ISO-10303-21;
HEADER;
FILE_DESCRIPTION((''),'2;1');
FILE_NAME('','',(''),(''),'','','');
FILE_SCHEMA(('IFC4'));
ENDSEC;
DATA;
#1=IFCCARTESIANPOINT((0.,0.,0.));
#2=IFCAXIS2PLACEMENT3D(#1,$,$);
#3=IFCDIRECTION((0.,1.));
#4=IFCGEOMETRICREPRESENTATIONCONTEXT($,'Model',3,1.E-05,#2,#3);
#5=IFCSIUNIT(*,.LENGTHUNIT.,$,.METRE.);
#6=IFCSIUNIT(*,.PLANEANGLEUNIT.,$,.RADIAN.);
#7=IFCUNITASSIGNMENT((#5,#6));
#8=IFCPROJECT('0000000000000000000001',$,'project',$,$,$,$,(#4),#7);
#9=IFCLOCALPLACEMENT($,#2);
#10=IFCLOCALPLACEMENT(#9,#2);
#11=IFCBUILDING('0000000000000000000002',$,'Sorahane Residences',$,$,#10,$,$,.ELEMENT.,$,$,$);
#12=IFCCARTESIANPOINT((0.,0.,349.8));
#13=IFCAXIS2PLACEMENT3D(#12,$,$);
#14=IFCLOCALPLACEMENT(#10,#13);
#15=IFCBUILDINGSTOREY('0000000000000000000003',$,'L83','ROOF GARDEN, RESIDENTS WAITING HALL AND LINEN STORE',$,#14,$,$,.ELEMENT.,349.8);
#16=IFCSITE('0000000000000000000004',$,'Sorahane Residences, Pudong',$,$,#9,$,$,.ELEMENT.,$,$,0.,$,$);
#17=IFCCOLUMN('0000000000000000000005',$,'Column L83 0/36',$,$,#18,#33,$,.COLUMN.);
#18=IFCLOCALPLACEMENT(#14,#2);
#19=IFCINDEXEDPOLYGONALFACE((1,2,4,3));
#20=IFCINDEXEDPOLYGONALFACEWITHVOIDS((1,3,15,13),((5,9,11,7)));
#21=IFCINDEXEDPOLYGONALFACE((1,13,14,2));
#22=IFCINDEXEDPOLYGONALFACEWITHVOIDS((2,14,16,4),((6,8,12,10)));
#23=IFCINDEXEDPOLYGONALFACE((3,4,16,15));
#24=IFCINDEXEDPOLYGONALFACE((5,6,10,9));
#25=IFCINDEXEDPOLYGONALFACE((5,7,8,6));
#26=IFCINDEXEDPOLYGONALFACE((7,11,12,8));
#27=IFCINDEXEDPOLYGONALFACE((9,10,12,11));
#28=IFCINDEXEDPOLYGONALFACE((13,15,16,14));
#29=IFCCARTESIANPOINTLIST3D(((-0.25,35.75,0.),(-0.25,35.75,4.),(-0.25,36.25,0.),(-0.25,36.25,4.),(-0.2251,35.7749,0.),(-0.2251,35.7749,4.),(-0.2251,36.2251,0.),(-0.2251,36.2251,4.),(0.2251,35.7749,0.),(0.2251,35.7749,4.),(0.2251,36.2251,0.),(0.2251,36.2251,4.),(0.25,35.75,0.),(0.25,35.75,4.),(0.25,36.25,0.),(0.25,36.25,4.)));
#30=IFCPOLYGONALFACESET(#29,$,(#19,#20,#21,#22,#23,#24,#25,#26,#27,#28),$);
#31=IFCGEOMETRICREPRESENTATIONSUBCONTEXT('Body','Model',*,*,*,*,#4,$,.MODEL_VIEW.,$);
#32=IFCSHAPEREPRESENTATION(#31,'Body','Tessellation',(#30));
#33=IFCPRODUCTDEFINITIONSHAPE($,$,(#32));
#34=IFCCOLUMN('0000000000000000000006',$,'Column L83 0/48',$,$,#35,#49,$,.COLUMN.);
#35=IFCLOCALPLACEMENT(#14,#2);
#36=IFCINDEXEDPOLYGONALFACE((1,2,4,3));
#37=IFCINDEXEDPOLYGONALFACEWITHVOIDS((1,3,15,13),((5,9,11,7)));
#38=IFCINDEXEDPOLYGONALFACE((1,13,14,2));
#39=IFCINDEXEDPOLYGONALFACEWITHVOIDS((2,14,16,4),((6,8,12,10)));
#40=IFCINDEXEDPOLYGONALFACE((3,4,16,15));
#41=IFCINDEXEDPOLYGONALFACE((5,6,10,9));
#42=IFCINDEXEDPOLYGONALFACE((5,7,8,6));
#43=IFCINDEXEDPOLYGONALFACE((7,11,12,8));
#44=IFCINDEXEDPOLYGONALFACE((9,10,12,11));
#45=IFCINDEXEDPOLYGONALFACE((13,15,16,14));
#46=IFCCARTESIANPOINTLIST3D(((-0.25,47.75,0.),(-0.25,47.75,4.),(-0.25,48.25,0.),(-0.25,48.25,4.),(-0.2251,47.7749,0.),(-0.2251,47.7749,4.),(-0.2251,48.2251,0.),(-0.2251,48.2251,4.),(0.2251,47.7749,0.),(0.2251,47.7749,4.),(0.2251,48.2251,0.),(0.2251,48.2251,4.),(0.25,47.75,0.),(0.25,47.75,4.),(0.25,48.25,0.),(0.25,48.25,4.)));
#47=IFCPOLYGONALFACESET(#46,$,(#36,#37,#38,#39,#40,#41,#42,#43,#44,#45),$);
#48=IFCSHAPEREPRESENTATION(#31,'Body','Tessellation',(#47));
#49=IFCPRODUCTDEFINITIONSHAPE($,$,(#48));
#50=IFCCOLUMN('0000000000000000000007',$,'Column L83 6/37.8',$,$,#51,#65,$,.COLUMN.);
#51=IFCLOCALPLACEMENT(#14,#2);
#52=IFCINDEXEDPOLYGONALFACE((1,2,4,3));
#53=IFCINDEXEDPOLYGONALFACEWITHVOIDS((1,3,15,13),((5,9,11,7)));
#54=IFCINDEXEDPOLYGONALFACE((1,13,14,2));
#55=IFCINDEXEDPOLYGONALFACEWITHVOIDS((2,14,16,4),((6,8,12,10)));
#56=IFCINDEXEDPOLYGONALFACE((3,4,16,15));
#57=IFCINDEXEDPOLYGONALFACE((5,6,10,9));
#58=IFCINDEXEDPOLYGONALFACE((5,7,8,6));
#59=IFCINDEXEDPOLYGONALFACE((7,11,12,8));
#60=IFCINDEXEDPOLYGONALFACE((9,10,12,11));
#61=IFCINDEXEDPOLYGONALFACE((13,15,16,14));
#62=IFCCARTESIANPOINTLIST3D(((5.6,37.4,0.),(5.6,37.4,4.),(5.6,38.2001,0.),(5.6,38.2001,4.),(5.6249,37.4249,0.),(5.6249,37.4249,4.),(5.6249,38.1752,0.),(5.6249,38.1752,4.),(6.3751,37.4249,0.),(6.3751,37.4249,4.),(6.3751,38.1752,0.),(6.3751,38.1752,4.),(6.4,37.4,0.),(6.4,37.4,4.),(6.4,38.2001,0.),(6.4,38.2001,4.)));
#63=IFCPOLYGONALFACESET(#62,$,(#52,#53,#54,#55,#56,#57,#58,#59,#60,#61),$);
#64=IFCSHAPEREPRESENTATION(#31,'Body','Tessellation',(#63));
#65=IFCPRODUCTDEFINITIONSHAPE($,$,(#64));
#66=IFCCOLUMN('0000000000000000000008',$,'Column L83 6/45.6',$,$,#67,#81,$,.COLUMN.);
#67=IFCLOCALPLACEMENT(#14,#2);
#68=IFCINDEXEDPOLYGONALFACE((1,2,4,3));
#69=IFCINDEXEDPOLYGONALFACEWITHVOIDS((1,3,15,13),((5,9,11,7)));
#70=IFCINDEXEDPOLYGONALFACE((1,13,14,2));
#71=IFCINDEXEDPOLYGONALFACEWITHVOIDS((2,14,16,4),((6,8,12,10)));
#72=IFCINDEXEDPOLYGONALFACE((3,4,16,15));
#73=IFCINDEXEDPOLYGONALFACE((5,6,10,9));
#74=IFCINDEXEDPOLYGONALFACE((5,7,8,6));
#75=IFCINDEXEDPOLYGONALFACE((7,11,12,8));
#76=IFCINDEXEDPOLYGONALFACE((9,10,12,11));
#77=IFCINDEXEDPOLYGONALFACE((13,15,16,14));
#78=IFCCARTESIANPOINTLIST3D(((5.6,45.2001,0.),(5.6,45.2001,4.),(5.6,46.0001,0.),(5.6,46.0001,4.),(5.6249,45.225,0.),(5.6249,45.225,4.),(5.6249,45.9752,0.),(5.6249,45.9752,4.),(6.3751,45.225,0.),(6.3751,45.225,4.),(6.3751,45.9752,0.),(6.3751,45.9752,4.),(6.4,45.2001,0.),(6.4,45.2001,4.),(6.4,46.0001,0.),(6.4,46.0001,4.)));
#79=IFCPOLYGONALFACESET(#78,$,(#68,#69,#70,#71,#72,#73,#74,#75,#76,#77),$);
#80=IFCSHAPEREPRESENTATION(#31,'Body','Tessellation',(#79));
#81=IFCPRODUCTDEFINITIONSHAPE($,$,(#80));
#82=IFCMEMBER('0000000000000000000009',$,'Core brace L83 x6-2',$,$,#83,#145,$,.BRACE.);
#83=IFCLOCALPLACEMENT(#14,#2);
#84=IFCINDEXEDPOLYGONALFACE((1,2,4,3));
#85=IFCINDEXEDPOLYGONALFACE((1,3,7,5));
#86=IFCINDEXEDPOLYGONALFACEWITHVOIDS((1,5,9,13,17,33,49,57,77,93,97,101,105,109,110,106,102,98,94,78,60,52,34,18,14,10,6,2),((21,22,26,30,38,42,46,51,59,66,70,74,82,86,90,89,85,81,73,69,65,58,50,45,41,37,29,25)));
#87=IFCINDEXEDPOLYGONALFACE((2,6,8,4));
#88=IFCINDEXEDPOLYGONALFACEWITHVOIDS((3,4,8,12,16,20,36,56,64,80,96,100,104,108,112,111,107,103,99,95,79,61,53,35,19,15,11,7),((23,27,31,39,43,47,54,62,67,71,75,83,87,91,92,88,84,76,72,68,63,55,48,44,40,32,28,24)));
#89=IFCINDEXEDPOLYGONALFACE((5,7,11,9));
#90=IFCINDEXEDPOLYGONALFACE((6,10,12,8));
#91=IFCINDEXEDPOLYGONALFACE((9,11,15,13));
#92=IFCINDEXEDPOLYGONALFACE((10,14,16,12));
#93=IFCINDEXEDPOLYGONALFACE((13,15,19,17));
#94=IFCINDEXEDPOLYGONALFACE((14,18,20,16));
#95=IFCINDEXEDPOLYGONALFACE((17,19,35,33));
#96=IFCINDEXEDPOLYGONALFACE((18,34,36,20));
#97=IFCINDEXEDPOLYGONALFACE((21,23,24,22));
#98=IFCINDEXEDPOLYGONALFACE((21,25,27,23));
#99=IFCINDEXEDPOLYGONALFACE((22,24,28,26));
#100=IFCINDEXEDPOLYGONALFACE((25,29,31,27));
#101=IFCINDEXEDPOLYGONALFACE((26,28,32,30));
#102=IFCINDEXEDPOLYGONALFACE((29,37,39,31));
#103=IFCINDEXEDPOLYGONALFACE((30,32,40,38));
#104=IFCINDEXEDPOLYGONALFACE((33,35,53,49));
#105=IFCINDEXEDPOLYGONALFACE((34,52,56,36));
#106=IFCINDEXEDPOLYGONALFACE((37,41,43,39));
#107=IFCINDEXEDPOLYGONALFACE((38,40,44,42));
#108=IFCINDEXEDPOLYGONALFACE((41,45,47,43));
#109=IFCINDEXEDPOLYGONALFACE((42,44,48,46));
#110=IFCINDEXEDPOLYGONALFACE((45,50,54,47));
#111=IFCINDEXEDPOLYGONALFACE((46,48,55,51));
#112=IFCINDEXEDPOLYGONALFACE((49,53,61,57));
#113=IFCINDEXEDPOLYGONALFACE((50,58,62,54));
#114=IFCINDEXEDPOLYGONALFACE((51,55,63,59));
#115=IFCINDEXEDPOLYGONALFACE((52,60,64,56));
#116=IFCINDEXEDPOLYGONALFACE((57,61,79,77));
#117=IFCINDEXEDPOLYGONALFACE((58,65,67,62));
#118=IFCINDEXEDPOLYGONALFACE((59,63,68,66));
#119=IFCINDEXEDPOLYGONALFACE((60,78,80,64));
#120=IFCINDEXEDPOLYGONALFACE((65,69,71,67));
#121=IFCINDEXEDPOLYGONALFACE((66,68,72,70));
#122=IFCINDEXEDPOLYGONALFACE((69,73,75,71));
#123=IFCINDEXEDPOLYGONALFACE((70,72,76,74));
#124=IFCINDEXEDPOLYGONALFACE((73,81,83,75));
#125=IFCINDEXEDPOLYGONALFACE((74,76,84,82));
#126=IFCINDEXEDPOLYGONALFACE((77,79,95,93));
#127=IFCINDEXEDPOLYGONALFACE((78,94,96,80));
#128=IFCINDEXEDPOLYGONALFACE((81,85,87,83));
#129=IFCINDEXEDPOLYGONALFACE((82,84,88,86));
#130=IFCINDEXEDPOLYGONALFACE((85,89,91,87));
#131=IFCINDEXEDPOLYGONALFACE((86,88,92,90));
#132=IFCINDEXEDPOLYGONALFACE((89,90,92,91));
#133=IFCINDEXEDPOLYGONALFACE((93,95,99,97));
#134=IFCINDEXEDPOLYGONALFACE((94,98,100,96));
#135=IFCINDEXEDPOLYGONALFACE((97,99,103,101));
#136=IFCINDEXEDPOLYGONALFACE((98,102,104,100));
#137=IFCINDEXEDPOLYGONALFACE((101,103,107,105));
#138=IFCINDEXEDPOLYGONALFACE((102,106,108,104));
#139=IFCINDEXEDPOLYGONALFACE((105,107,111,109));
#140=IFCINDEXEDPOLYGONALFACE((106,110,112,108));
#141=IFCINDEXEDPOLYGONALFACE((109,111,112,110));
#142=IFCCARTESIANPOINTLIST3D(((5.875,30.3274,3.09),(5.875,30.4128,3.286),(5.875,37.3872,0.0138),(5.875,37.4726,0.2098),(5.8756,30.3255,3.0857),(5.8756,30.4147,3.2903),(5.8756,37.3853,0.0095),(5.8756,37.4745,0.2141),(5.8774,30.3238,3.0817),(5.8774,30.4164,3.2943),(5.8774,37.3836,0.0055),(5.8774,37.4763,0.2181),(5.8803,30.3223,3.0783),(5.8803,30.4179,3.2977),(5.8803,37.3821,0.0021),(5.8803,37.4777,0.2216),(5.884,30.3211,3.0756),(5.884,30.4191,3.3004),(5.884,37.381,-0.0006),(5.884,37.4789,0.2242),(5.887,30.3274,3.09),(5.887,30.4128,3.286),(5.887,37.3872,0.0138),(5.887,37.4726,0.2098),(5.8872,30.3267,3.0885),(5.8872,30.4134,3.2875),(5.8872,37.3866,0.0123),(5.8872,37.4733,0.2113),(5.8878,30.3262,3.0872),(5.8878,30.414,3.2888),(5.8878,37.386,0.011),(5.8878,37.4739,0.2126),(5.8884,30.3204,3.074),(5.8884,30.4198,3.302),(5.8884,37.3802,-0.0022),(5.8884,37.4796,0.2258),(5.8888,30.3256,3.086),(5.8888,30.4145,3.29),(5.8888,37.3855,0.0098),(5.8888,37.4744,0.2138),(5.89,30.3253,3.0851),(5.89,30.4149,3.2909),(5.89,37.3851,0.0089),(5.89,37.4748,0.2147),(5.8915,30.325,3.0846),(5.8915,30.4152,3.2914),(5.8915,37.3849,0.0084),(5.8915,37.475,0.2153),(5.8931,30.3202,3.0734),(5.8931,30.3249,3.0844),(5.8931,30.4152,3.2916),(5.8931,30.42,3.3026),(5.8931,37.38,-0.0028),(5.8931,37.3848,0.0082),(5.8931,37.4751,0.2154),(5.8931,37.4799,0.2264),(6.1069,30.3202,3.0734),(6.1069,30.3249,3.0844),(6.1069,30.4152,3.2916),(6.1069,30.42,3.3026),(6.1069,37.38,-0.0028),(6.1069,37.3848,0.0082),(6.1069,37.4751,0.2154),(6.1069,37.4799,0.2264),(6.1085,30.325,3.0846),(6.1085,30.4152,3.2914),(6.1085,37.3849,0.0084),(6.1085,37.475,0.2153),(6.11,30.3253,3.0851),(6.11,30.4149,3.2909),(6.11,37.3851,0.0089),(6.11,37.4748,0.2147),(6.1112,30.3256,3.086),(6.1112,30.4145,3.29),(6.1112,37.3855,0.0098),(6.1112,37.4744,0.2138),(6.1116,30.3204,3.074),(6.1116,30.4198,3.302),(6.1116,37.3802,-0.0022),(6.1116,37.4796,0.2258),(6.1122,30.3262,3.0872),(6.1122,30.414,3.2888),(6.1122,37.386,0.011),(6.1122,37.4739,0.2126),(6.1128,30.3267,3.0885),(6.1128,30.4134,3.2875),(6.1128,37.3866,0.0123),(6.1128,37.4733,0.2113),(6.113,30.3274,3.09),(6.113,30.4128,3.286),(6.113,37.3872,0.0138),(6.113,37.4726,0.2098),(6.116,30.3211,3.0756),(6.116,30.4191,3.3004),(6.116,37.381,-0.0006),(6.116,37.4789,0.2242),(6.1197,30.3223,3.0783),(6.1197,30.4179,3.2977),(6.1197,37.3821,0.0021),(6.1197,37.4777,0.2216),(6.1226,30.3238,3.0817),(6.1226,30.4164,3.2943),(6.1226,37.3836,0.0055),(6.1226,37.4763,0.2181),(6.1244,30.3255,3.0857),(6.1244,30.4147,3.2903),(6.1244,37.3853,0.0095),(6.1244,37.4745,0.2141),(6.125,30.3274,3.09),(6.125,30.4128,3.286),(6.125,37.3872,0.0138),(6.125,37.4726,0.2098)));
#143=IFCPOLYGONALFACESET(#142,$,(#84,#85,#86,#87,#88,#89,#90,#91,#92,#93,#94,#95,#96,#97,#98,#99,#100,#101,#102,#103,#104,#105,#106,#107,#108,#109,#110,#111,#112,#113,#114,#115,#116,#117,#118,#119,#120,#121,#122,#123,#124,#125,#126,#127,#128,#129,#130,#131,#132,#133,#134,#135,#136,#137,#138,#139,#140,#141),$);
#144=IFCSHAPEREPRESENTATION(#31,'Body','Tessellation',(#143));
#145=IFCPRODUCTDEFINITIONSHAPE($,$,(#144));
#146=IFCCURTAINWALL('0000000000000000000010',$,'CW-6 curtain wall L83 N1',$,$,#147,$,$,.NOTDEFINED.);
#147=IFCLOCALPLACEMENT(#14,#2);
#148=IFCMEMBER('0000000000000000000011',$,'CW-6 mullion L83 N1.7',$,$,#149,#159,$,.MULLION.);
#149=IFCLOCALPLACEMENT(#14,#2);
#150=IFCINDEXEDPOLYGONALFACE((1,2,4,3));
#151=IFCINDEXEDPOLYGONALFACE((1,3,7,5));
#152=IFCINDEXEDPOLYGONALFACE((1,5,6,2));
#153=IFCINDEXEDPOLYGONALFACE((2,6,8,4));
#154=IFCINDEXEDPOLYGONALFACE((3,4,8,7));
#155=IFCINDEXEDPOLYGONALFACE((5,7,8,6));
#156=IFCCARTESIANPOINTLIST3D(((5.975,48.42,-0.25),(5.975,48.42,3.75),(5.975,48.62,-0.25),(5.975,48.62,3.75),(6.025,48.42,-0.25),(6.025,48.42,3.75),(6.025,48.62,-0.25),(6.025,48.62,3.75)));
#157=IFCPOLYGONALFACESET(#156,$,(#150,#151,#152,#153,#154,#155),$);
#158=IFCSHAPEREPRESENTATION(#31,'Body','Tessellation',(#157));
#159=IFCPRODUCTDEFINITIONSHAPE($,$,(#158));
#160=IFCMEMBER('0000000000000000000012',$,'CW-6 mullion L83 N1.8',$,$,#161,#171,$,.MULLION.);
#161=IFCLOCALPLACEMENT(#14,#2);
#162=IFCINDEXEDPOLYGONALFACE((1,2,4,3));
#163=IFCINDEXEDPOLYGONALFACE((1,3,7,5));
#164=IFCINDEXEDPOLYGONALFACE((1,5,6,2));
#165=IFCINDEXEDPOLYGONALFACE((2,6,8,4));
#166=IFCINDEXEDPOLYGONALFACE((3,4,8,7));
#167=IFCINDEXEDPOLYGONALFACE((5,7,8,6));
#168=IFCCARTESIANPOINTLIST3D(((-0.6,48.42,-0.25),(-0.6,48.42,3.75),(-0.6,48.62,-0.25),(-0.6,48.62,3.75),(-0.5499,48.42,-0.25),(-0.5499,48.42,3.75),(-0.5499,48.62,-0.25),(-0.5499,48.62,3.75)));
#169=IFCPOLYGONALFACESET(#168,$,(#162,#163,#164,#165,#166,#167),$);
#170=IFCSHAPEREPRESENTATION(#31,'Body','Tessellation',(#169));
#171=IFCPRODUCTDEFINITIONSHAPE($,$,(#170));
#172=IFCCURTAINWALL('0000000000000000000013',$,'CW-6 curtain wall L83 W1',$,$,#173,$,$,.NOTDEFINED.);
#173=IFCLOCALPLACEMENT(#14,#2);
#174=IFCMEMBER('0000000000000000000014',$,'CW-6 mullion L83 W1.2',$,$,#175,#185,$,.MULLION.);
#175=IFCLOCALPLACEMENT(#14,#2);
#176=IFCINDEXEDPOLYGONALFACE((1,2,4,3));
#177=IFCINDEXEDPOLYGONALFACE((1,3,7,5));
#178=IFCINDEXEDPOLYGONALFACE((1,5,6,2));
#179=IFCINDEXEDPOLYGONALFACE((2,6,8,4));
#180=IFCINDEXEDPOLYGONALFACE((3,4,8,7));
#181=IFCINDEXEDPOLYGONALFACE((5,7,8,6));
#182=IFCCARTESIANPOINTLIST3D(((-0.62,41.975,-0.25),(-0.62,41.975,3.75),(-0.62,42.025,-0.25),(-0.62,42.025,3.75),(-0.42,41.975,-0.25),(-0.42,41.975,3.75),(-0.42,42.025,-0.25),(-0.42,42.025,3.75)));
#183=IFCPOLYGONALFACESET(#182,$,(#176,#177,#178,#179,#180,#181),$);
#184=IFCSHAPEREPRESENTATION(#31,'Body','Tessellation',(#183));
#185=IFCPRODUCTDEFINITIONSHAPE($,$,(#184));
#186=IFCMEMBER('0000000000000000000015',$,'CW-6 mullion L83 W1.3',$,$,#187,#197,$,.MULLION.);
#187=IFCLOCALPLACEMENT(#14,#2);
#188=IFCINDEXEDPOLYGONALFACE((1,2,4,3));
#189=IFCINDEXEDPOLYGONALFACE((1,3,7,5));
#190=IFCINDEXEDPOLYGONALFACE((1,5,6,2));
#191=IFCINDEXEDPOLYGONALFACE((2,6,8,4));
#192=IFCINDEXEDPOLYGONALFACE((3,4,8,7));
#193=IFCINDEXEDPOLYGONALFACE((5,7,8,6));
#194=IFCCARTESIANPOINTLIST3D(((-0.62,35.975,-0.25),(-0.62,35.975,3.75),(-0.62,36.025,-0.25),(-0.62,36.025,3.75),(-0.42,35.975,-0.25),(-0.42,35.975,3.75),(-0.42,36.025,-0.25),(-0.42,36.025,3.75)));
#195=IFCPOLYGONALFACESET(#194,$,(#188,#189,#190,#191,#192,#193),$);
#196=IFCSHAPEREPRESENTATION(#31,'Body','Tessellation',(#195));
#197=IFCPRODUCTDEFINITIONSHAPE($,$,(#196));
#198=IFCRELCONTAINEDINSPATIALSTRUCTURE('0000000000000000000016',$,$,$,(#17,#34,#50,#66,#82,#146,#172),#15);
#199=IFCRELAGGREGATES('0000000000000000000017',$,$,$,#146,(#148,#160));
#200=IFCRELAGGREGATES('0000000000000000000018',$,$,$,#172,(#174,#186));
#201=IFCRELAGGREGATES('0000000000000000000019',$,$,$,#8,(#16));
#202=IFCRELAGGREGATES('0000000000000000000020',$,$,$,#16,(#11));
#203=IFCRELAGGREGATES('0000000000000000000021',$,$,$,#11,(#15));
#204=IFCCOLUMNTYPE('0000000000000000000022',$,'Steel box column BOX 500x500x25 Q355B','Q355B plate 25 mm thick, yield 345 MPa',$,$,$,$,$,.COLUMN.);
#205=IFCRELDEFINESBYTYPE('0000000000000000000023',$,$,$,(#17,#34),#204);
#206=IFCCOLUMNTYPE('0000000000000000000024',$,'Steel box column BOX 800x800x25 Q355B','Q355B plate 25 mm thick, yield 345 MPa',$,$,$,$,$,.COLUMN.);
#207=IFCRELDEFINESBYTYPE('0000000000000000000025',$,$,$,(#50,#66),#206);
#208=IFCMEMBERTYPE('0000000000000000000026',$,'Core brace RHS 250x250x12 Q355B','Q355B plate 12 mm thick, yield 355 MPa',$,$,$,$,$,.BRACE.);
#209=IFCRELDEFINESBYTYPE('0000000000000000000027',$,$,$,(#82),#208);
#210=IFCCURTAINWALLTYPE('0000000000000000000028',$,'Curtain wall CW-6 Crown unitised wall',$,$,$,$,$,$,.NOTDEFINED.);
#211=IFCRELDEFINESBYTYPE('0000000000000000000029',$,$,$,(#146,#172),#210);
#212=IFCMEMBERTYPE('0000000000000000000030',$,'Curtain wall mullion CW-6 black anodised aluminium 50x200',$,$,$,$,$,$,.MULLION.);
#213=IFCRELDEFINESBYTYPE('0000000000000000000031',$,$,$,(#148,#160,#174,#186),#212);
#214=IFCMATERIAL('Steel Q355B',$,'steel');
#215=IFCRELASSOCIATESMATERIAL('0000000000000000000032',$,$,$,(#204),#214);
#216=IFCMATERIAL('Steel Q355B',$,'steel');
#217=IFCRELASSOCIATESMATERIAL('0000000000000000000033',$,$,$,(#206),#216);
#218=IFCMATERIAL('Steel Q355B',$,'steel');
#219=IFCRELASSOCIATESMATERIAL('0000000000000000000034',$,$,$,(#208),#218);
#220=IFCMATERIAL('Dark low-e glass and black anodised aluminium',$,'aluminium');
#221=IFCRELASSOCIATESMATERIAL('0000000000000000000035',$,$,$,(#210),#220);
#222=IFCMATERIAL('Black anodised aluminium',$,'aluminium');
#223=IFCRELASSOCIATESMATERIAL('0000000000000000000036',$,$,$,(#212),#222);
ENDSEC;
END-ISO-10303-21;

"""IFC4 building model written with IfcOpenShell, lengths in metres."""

from ifc_helpers import new_model, si_unit, direction, frame, origin, origin_2d, place, context, subcontext, project, spatial, rectangle, hollow_rectangle, extrude, material, material_profile, profile_set, type_object, element, aggregate, save


model = new_model("IFC4")

# Units and contexts
model_context = context("Model", 3, precision=1e-05, world=origin(), true_north=direction((0.0, 1.0)))
body_context = subcontext(model_context, "Body", "Model", "MODEL_VIEW")
ifc_project = project(units=[si_unit("LENGTHUNIT", "METRE"), si_unit("PLANEANGLEUNIT", "RADIAN")], contexts=[model_context])

# Site, building, storey
site_placement = place(None, origin())
site = spatial("IfcSite", under=ifc_project, at=site_placement, Name="Sorahane Residences, Pudong", CompositionType="ELEMENT", RefElevation=0.0)
building_placement = place(site_placement, origin())
building = spatial("IfcBuilding", under=site, at=building_placement, Name="Sorahane Residences", CompositionType="ELEMENT")
storey_placement = place(building_placement, frame((0.0, 0.0, 349.8)))
storey = spatial("IfcBuildingStorey", under=building, at=storey_placement, Name="L83", Description="ROOF GARDEN, RESIDENTS WAITING HALL AND LINEN STORE", CompositionType="ELEMENT", Elevation=349.8)

# Columns
ifc_material_1 = material(Name="Steel Q355B", Category="steel")
ifc_material_profile_1 = material_profile(ifc_material_1, hollow_rectangle(XDim=0.5, YDim=0.5, WallThickness=0.0249, at=origin_2d()), Name="BOX 500x500x25")
ifc_profile_set_1 = profile_set([ifc_material_profile_1], Name="Steel Q355B")
column_type_1 = type_object("IfcColumnType", Name="Steel box column BOX 500x500x25 Q355B", Description="Q355B plate 25 mm thick, yield 345 MPa", PredefinedType="COLUMN", material=ifc_profile_set_1)
for number, where, z_axis, x_axis, name in (
    (1, (0.0, 36.0, 0.0), (0.0, 0.0, 1.0), (1.0, 0.0, 0.0), "Column L83 0/36"),
    (2, (0.0, 48.0, 0.0), (0.0, 0.0, 1.0), (1.0, 0.0, 0.0), "Column L83 0/48"),
):
    element("IfcColumn", number, at=place(storey_placement, frame(where, z_axis=z_axis, x_axis=x_axis)), inside=storey, type_object=column_type_1, Name=name, PredefinedType="COLUMN", context=body_context, shape_type="SweptSolid", body=[
        extrude(hollow_rectangle(XDim=0.5, YDim=0.5, WallThickness=0.0249, at=origin_2d()), origin(), (0.0, 0.0, 1.0), 4.0),
    ])
ifc_material_2 = material(Name="Steel Q355B", Category="steel")
ifc_material_profile_2 = material_profile(ifc_material_2, hollow_rectangle(XDim=0.8, YDim=0.8, WallThickness=0.0249, at=origin_2d()), Name="BOX 800x800x25")
ifc_profile_set_2 = profile_set([ifc_material_profile_2], Name="Steel Q355B")
column_type_2 = type_object("IfcColumnType", Name="Steel box column BOX 800x800x25 Q355B", Description="Q355B plate 25 mm thick, yield 345 MPa", PredefinedType="COLUMN", material=ifc_profile_set_2)
for number, where, z_axis, x_axis, name in (
    (3, (6.0, 37.8, 0.0), (0.0, 0.0, 1.0), (1.0, 0.0, 0.0), "Column L83 6/37.8"),
    (4, (6.0, 45.6001, 0.0), (0.0, 0.0, 1.0), (1.0, 0.0, 0.0), "Column L83 6/45.6"),
):
    element("IfcColumn", number, at=place(storey_placement, frame(where, z_axis=z_axis, x_axis=x_axis)), inside=storey, type_object=column_type_2, Name=name, PredefinedType="COLUMN", context=body_context, shape_type="SweptSolid", body=[
        extrude(hollow_rectangle(XDim=0.8, YDim=0.8, WallThickness=0.0249, at=origin_2d()), origin(), (0.0, 0.0, 1.0), 4.0),
    ])

# Member
ifc_material_3 = material(Name="Steel Q355B", Category="steel")
ifc_material_profile_3 = material_profile(ifc_material_3, hollow_rectangle(XDim=0.25, YDim=0.25, WallThickness=0.012, InnerFilletRadius=0.0061, OuterFilletRadius=0.0181, at=origin_2d()), Name="RHS 250x250x12")
ifc_profile_set_3 = profile_set([ifc_material_profile_3], Name="Steel Q355B")
member_type_1 = type_object("IfcMemberType", Name="Core brace RHS 250x250x12 Q355B", Description="Q355B plate 12 mm thick, yield 355 MPa", PredefinedType="BRACE", material=ifc_profile_set_3)
member_1_placement = place(storey_placement, frame((6.0, 37.4299, 0.1118), z_axis=(0.0, -0.916752, 0.399456), x_axis=(1.0, 0.0, 0.0)))
element("IfcMember", 5, at=member_1_placement, inside=storey, type_object=member_type_1, Name="Core brace L83 x6-2", PredefinedType="BRACE", context=body_context, shape_type="SweptSolid", body=[
    extrude(hollow_rectangle(XDim=0.25, YDim=0.25, WallThickness=0.012, InnerFilletRadius=0.0061, OuterFilletRadius=0.0181, at=origin_2d()), origin(), (0.0, 0.0, 1.0), 7.7009),
])

# Curtain walls, members
ifc_material_4 = material(Name="Dark low-e glass and black anodised aluminium", Category="aluminium")
curtain_wall_type = type_object("IfcCurtainWallType", Name="Curtain wall CW-6 Crown unitised wall", PredefinedType="NOTDEFINED", material=ifc_material_4)
curtain_wall_1_placement = place(storey_placement, origin())
curtain_wall_1 = element("IfcCurtainWall", 6, at=curtain_wall_1_placement, inside=storey, type_object=curtain_wall_type, Name="CW-6 curtain wall L83 N1", PredefinedType="NOTDEFINED")
ifc_material_5 = material(Name="Black anodised aluminium", Category="aluminium")
ifc_material_profile_4 = material_profile(ifc_material_5, rectangle(XDim=0.2, YDim=0.05, at=origin_2d()), Name="Curtain wall mullion CW-6 black anodised aluminium 50x200")
ifc_profile_set_4 = profile_set([ifc_material_profile_4], Name="Black anodised aluminium")
member_type_2 = type_object("IfcMemberType", Name="Curtain wall mullion CW-6 black anodised aluminium 50x200", PredefinedType="MULLION", material=ifc_profile_set_4)
member_2_placement = place(storey_placement, frame((6.0, 48.52, -0.25), z_axis=(0.0, 0.0, 1.0), x_axis=(0.0, 1.0, 0.0)))
member_2 = element("IfcMember", 7, at=member_2_placement, type_object=member_type_2, Name="CW-6 mullion L83 N1.7", PredefinedType="MULLION", context=body_context, shape_type="SweptSolid", body=[
    extrude(rectangle(XDim=0.2, YDim=0.05, at=origin_2d()), origin(), (0.0, 0.0, 1.0), 4.0),
])
member_3_placement = place(storey_placement, frame((-0.575, 48.52, -0.25), z_axis=(0.0, 0.0, 1.0), x_axis=(0.0, 1.0, 0.0)))
member_3 = element("IfcMember", 8, at=member_3_placement, type_object=member_type_2, Name="CW-6 mullion L83 N1.8", PredefinedType="MULLION", context=body_context, shape_type="SweptSolid", body=[
    extrude(rectangle(XDim=0.2, YDim=0.05, at=origin_2d()), origin(), (0.0, 0.0, 1.0), 4.0),
])
curtain_wall_2_placement = place(storey_placement, origin())
curtain_wall_2 = element("IfcCurtainWall", 9, at=curtain_wall_2_placement, inside=storey, type_object=curtain_wall_type, Name="CW-6 curtain wall L83 W1", PredefinedType="NOTDEFINED")
member_4_placement = place(storey_placement, frame((-0.52, 42.0, -0.25), z_axis=(0.0, 0.0, 1.0), x_axis=(-1.0, 0.0, 0.0)))
member_4 = element("IfcMember", 10, at=member_4_placement, type_object=member_type_2, Name="CW-6 mullion L83 W1.2", PredefinedType="MULLION", context=body_context, shape_type="SweptSolid", body=[
    extrude(rectangle(XDim=0.2, YDim=0.05, at=origin_2d()), origin(), (0.0, 0.0, 1.0), 4.0),
])
member_5_placement = place(storey_placement, frame((-0.52, 36.0, -0.25), z_axis=(0.0, 0.0, 1.0), x_axis=(-1.0, 0.0, 0.0)))
member_5 = element("IfcMember", 11, at=member_5_placement, type_object=member_type_2, Name="CW-6 mullion L83 W1.3", PredefinedType="MULLION", context=body_context, shape_type="SweptSolid", body=[
    extrude(rectangle(XDim=0.2, YDim=0.05, at=origin_2d()), origin(), (0.0, 0.0, 1.0), 4.0),
])

aggregate(curtain_wall_1, [member_2, member_3])
aggregate(curtain_wall_2, [member_4, member_5])

save(model, "model.ifc")
